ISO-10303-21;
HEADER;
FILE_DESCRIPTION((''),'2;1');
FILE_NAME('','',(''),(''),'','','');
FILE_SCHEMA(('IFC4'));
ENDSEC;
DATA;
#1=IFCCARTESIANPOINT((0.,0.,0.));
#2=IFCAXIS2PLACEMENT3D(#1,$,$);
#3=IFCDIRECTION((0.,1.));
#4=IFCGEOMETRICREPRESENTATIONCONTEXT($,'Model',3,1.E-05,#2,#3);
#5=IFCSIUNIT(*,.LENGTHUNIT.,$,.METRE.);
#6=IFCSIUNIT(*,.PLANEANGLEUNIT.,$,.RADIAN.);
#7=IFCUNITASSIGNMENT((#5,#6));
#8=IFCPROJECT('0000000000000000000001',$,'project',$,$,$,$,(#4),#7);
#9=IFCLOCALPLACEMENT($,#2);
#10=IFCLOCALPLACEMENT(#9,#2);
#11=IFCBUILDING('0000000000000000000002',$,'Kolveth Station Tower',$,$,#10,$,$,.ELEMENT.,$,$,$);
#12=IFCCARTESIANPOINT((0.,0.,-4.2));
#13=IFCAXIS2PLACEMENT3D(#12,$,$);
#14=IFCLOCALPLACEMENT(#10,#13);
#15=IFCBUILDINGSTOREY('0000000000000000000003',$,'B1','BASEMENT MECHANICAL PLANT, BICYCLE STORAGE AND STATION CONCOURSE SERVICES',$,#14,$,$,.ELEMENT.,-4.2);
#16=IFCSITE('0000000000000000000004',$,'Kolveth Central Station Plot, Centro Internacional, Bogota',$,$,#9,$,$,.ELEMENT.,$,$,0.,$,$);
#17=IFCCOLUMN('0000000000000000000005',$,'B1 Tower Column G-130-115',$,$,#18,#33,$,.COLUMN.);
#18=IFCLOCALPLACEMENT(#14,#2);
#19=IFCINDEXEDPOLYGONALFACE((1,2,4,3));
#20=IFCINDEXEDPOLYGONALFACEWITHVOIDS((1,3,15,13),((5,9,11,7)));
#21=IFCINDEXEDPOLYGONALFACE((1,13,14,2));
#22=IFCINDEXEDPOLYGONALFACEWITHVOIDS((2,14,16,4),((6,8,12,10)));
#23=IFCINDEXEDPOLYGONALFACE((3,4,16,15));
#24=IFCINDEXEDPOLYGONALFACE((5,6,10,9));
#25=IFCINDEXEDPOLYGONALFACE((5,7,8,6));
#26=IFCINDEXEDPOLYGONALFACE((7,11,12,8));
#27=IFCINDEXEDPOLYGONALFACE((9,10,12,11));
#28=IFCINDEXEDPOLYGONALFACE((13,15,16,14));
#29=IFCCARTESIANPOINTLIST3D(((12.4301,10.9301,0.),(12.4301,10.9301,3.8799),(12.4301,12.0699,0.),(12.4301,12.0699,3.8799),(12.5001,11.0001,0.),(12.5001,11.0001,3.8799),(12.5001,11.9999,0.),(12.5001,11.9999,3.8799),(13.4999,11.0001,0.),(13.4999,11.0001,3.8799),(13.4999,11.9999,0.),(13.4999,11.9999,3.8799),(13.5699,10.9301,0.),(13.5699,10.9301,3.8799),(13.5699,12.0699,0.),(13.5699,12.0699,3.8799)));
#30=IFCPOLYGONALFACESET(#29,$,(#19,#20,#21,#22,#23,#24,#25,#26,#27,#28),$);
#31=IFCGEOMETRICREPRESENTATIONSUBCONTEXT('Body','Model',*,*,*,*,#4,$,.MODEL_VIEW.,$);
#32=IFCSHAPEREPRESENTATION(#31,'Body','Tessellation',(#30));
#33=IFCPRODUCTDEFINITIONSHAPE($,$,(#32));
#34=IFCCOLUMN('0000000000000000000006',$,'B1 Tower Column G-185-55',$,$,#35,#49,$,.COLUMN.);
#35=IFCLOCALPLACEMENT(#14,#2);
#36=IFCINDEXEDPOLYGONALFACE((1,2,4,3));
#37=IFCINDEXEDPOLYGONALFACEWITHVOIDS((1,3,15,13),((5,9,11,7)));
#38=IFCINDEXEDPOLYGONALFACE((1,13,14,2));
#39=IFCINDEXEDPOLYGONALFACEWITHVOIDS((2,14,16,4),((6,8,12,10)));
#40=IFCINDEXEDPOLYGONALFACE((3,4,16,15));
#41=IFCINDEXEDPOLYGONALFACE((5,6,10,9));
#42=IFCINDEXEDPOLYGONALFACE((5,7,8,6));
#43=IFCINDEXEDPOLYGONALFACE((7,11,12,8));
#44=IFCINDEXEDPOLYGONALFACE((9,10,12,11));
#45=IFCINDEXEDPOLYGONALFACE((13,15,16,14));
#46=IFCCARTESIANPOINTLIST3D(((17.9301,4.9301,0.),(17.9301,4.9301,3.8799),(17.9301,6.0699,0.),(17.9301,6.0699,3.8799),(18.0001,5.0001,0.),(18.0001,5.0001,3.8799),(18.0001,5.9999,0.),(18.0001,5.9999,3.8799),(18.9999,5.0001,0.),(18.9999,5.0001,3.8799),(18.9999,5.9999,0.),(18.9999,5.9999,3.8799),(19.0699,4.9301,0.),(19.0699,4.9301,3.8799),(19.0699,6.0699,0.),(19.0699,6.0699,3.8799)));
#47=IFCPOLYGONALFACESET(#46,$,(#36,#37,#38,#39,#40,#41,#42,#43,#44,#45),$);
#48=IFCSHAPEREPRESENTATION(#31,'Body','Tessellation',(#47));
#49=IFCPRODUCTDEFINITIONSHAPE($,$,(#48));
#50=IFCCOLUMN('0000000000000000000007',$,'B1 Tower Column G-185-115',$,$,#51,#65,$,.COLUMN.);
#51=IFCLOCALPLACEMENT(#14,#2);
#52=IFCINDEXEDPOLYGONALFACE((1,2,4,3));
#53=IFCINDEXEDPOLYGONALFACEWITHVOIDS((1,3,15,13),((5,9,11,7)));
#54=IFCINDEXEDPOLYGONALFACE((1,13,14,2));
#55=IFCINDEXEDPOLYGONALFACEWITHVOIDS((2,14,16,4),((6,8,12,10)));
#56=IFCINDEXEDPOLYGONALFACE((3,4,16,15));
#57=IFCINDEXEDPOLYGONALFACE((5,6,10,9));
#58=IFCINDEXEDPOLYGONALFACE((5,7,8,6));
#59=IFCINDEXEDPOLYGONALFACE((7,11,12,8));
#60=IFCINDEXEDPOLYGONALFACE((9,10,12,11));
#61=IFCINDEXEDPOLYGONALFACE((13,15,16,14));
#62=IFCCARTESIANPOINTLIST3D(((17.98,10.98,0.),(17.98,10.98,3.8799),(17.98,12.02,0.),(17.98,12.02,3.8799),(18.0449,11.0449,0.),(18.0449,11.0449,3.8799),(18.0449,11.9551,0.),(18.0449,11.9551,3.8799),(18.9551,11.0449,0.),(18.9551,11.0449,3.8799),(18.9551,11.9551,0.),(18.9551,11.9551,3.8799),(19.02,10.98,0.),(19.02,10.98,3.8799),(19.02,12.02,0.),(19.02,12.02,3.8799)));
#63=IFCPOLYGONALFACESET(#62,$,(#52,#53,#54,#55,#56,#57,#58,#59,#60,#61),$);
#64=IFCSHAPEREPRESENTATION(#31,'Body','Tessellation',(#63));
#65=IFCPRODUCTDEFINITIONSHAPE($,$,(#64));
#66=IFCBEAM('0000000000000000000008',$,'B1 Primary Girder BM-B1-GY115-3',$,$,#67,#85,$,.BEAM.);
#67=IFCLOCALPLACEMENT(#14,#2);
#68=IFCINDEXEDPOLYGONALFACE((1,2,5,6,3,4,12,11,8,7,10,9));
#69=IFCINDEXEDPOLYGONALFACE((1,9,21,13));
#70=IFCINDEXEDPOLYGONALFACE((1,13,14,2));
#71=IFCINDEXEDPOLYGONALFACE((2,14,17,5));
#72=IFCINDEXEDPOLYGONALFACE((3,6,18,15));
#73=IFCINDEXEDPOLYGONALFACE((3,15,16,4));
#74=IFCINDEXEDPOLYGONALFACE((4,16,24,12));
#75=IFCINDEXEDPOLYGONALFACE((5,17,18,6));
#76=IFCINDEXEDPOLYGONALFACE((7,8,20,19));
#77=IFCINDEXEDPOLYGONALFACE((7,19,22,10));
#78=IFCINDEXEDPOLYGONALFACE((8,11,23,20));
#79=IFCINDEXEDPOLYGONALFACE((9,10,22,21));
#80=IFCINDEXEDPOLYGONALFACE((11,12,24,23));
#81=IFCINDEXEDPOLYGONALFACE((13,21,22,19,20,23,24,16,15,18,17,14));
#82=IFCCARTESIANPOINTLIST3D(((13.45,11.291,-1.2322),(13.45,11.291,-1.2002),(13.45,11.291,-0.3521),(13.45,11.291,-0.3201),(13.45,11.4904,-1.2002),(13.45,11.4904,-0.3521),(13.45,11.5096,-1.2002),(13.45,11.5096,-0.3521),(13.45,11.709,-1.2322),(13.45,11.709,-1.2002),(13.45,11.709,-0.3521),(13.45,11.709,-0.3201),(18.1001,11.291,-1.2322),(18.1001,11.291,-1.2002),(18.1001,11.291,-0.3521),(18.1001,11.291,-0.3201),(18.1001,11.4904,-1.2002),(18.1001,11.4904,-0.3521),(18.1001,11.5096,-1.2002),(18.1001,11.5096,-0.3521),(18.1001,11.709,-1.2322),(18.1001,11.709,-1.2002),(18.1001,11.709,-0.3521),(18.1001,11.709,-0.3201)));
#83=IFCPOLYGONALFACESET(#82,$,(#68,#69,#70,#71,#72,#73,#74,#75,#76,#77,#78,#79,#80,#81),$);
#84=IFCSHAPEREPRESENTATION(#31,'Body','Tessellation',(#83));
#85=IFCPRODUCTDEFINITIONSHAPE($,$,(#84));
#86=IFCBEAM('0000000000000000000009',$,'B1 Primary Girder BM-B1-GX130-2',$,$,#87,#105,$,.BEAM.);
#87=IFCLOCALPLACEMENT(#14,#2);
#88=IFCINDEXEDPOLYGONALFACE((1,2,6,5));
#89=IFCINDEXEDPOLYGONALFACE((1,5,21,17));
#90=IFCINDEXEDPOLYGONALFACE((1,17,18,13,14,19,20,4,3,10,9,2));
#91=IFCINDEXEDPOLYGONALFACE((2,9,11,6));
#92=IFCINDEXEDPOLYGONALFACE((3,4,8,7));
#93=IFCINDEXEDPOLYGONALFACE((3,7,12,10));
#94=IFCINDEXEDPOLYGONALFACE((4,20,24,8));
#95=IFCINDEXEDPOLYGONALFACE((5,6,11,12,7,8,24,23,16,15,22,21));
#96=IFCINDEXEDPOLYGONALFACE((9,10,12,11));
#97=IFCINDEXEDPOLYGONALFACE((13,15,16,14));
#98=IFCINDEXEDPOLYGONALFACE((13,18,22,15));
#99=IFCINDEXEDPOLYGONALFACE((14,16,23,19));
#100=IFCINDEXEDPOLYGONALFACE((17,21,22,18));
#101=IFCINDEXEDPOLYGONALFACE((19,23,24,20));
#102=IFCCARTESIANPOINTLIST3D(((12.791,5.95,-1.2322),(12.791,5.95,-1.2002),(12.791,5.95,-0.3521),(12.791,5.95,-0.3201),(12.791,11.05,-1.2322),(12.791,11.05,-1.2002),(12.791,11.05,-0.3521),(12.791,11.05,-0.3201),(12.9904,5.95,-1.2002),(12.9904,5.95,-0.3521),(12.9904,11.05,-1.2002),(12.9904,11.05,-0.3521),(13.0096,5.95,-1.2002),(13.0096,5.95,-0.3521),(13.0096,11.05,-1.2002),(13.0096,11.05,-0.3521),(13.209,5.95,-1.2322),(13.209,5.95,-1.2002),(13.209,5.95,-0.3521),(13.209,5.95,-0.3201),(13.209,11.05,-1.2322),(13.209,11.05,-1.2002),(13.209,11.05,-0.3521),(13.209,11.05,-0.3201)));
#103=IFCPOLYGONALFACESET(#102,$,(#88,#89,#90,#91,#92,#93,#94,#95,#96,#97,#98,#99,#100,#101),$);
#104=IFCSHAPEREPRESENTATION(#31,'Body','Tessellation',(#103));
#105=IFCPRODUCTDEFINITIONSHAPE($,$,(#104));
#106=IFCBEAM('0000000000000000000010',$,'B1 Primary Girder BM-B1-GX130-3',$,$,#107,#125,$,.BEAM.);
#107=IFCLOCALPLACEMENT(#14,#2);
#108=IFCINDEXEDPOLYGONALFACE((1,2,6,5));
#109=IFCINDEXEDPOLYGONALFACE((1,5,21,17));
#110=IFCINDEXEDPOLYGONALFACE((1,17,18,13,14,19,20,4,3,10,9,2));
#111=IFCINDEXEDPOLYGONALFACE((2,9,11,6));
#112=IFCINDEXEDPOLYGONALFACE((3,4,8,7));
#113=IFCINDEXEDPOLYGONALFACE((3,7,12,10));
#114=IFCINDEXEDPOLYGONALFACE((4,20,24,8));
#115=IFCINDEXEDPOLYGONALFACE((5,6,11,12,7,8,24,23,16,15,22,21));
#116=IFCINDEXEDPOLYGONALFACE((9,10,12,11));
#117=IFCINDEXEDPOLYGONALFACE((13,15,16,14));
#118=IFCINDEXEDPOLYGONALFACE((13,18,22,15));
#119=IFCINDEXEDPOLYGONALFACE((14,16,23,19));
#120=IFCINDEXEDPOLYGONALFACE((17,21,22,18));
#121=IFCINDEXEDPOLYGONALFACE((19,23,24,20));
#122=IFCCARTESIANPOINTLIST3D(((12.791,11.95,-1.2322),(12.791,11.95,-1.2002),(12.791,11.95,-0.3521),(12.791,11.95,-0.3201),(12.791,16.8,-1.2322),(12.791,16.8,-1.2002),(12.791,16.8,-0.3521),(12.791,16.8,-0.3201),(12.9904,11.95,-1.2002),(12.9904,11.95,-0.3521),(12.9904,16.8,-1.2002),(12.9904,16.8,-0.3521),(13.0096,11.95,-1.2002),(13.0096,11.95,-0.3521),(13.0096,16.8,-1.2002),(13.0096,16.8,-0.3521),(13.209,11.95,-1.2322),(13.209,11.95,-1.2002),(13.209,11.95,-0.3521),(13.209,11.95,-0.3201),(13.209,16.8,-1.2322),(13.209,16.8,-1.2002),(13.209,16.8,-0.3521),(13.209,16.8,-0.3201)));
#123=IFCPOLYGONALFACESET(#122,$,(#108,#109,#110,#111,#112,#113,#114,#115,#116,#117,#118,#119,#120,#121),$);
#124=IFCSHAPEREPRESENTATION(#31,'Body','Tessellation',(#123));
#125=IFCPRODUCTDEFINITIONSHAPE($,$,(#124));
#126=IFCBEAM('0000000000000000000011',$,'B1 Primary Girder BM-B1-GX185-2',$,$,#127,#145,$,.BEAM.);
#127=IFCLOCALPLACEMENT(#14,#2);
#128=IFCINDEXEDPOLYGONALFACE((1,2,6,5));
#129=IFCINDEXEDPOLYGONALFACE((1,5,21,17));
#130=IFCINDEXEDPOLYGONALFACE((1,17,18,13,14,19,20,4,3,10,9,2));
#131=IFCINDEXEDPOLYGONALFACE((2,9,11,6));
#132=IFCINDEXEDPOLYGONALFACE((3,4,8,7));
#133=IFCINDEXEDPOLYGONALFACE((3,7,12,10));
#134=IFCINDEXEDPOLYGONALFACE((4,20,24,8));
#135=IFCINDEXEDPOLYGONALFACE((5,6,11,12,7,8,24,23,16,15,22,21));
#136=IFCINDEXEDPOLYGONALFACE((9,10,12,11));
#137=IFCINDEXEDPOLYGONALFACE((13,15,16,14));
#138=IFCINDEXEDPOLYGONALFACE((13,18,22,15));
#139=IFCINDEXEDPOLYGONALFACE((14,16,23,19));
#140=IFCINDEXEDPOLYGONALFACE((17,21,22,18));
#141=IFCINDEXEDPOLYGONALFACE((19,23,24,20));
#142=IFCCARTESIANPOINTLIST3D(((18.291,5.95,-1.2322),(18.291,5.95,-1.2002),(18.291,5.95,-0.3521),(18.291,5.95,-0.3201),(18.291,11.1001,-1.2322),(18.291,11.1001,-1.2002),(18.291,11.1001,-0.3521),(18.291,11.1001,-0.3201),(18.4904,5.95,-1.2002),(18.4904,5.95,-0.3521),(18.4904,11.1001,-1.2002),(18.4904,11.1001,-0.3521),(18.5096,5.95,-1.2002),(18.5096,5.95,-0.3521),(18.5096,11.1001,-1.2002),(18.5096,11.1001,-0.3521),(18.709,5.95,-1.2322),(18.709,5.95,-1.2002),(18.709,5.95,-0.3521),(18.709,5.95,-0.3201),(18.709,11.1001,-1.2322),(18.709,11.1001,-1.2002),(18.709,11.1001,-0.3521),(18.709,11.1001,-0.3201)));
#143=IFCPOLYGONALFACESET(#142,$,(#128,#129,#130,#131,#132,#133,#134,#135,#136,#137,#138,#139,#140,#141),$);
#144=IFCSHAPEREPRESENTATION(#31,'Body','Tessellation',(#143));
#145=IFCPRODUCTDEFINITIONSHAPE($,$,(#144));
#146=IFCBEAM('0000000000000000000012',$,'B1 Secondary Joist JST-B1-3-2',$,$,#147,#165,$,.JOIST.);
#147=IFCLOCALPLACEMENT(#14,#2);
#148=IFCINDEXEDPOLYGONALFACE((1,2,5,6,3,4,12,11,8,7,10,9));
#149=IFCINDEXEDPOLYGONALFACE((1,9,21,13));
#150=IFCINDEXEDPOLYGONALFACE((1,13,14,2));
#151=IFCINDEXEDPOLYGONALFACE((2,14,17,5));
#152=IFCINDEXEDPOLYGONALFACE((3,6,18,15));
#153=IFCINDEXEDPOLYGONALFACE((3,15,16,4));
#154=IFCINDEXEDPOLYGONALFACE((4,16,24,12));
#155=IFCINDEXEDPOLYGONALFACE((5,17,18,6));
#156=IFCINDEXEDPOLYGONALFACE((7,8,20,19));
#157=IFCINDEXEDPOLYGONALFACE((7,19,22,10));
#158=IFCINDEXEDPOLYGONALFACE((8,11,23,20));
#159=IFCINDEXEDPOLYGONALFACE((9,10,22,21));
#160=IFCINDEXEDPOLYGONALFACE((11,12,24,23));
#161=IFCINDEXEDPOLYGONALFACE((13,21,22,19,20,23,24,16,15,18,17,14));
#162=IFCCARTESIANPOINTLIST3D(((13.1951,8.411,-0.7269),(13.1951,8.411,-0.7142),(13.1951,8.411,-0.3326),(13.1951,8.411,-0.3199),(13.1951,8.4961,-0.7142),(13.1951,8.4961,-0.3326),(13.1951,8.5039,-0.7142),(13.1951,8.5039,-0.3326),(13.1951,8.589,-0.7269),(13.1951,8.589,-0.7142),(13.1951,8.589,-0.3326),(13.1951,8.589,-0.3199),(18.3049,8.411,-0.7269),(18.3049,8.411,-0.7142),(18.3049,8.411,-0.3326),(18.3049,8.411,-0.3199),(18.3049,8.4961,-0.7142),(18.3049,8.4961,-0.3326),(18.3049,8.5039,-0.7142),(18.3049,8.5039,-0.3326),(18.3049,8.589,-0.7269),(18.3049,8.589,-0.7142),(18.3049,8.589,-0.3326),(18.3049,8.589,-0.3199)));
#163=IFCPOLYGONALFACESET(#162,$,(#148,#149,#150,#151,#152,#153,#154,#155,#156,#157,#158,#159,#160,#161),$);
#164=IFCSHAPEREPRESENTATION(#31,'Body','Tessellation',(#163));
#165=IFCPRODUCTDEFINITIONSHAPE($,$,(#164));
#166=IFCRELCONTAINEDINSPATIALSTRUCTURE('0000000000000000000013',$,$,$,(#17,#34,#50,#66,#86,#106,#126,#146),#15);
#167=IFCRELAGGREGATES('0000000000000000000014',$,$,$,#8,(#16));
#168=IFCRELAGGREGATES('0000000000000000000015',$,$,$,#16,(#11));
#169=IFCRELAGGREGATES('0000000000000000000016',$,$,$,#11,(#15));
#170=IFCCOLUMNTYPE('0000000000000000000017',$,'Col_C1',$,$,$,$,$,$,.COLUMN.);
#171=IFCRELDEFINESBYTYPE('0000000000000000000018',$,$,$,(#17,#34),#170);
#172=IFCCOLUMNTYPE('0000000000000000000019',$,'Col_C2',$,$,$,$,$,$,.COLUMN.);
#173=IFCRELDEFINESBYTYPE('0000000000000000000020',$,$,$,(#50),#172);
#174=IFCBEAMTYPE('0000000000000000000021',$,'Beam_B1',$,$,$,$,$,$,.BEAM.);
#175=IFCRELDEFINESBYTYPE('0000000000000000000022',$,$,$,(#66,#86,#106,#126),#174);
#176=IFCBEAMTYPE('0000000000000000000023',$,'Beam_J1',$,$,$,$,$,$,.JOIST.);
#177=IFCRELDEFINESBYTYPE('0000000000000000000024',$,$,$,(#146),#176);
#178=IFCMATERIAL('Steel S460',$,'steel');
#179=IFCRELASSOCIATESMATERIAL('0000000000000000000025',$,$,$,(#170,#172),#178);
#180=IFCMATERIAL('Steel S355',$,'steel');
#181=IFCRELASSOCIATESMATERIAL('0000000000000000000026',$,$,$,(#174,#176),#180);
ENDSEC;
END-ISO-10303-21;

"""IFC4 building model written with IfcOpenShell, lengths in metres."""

from ifc_helpers import new_model, si_unit, direction, frame, origin, origin_2d, place, context, subcontext, project, spatial, hollow_rectangle, i_section, extrude, source, transform, mapped, material, material_profile, profile_set, type_object, element, save


model = new_model("IFC4")

# Units and contexts
model_context = context("Model", 3, precision=1e-05, world=origin(), true_north=direction((0.0, 1.0)))
body_context = subcontext(model_context, "Body", "Model", "MODEL_VIEW")
ifc_project = project(units=[si_unit("LENGTHUNIT", "METRE"), si_unit("PLANEANGLEUNIT", "RADIAN")], contexts=[model_context])

# Site, building, storey
site_placement = place(None, origin())
site = spatial("IfcSite", under=ifc_project, at=site_placement, Name="Kolveth Central Station Plot, Centro Internacional, Bogota", CompositionType="ELEMENT", RefElevation=0.0)
building_placement = place(site_placement, origin())
building = spatial("IfcBuilding", under=site, at=building_placement, Name="Kolveth Station Tower", CompositionType="ELEMENT")
storey_placement = place(building_placement, frame((0.0, 0.0, -4.2)))
storey = spatial("IfcBuildingStorey", under=building, at=storey_placement, Name="B1", Description="BASEMENT MECHANICAL PLANT, BICYCLE STORAGE AND STATION CONCOURSE SERVICES", CompositionType="ELEMENT", Elevation=-4.2)

# Columns
ifc_material_1 = material(Name="Steel S460", Category="steel")
ifc_material_profile_1 = material_profile(ifc_material_1, hollow_rectangle(XDim=1.1399, YDim=1.1399, WallThickness=0.0701, at=origin_2d()), Name="BOX1140x1140x70")
ifc_profile_set_1 = profile_set([ifc_material_profile_1], Name="Steel S460")
column_type_1 = type_object("IfcColumnType", Name="Col_C1", PredefinedType="COLUMN", material=ifc_profile_set_1)
shared_shape_1 = source(origin(), body_context, "Body", "SweptSolid", [
    extrude(hollow_rectangle(XDim=1.1399, YDim=1.1399, WallThickness=0.0701, at=origin_2d()), origin(), (0.0, 0.0, 1.0), 3.8799),
])
for number, where, z_axis, x_axis, name in (
    (1, (13.0, 11.5, 0.0), (0.0, 0.0, 1.0), (1.0, 0.0, 0.0), "B1 Tower Column G-130-115"),
    (2, (18.5, 5.5, 0.0), (0.0, 0.0, 1.0), (1.0, 0.0, 0.0), "B1 Tower Column G-185-55"),
):
    element("IfcColumn", number, at=place(storey_placement, frame(where, z_axis=z_axis, x_axis=x_axis)), inside=storey, type_object=column_type_1, Name=name, PredefinedType="COLUMN", context=body_context, shape_type="MappedRepresentation", body=[
        mapped(shared_shape_1, transform((0.0, 0.0, 0.0), x_axis=(1.0, 0.0, 0.0), y_axis=(0.0, 1.0, 0.0), z_axis=(0.0, 0.0, 1.0), scale=1.0)),
    ])
ifc_material_profile_2 = material_profile(ifc_material_1, hollow_rectangle(XDim=1.04, YDim=1.04, WallThickness=0.0649, at=origin_2d()), Name="BOX1040x1040x65")
ifc_profile_set_2 = profile_set([ifc_material_profile_2], Name="Steel S460")
column_type_2 = type_object("IfcColumnType", Name="Col_C2", PredefinedType="COLUMN", material=ifc_profile_set_2)
shared_shape_2 = source(origin(), body_context, "Body", "SweptSolid", [
    extrude(hollow_rectangle(XDim=1.04, YDim=1.04, WallThickness=0.0649, at=origin_2d()), origin(), (0.0, 0.0, 1.0), 3.8799),
])
column_placement = place(storey_placement, frame((18.5, 11.5, 0.0), z_axis=(0.0, 0.0, 1.0), x_axis=(1.0, 0.0, 0.0)))
element("IfcColumn", 3, at=column_placement, inside=storey, type_object=column_type_2, Name="B1 Tower Column G-185-115", PredefinedType="COLUMN", context=body_context, shape_type="MappedRepresentation", body=[
    mapped(shared_shape_2, transform((0.0, 0.0, 0.0), x_axis=(1.0, 0.0, 0.0), y_axis=(0.0, 1.0, 0.0), z_axis=(0.0, 0.0, 1.0), scale=1.0)),
])

# Beams
ifc_material_2 = material(Name="Steel S355", Category="steel")
ifc_material_profile_3 = material_profile(ifc_material_2, i_section(OverallWidth=0.418, OverallDepth=0.9121, WebThickness=0.0193, FlangeThickness=0.032, at=origin_2d()), Name="W920x342")
ifc_profile_set_3 = profile_set([ifc_material_profile_3], Name="Steel S355")
beam_type_1 = type_object("IfcBeamType", Name="Beam_B1", PredefinedType="BEAM", material=ifc_profile_set_3)
shared_shape_3 = source(origin(), body_context, "Body", "SweptSolid", [
    extrude(i_section(OverallWidth=0.418, OverallDepth=0.9121, WebThickness=0.0193, FlangeThickness=0.032, at=origin_2d()), origin(), (0.0, 0.0, 1.0), 4.6501),
])
beam_1_placement = place(storey_placement, frame((13.45, 11.5, -0.7761), z_axis=(1.0, 0.0, 0.0), x_axis=(0.0, 1.0, 0.0)))
element("IfcBeam", 4, at=beam_1_placement, inside=storey, type_object=beam_type_1, Name="B1 Primary Girder BM-B1-GY115-3", PredefinedType="BEAM", context=body_context, shape_type="MappedRepresentation", body=[
    mapped(shared_shape_3, transform((0.0, 0.0, 0.0), x_axis=(1.0, 0.0, 0.0), y_axis=(0.0, 1.0, 0.0), z_axis=(0.0, 0.0, 1.0), scale=1.0)),
])
shared_shape_4 = source(origin(), body_context, "Body", "SweptSolid", [
    extrude(i_section(OverallWidth=0.418, OverallDepth=0.9121, WebThickness=0.0193, FlangeThickness=0.032, at=origin_2d()), origin(), (0.0, 0.0, 1.0), 5.1001),
])
beam_2_placement = place(storey_placement, frame((13.0, 5.95, -0.7761), z_axis=(0.0, 1.0, 0.0), x_axis=(-1.0, 0.0, 0.0)))
element("IfcBeam", 5, at=beam_2_placement, inside=storey, type_object=beam_type_1, Name="B1 Primary Girder BM-B1-GX130-2", PredefinedType="BEAM", context=body_context, shape_type="MappedRepresentation", body=[
    mapped(shared_shape_4, transform((0.0, 0.0, 0.0), x_axis=(1.0, 0.0, 0.0), y_axis=(0.0, 1.0, 0.0), z_axis=(0.0, 0.0, 1.0), scale=1.0)),
])
shared_shape_5 = source(origin(), body_context, "Body", "SweptSolid", [
    extrude(i_section(OverallWidth=0.418, OverallDepth=0.9121, WebThickness=0.0193, FlangeThickness=0.032, at=origin_2d()), origin(), (0.0, 0.0, 1.0), 4.8501),
])
beam_3_placement = place(storey_placement, frame((13.0, 11.95, -0.7761), z_axis=(0.0, 1.0, 0.0), x_axis=(-1.0, 0.0, 0.0)))
element("IfcBeam", 6, at=beam_3_placement, inside=storey, type_object=beam_type_1, Name="B1 Primary Girder BM-B1-GX130-3", PredefinedType="BEAM", context=body_context, shape_type="MappedRepresentation", body=[
    mapped(shared_shape_5, transform((0.0, 0.0, 0.0), x_axis=(1.0, 0.0, 0.0), y_axis=(0.0, 1.0, 0.0), z_axis=(0.0, 0.0, 1.0), scale=1.0)),
])
shared_shape_6 = source(origin(), body_context, "Body", "SweptSolid", [
    extrude(i_section(OverallWidth=0.418, OverallDepth=0.9121, WebThickness=0.0193, FlangeThickness=0.032, at=origin_2d()), origin(), (0.0, 0.0, 1.0), 5.1501),
])
beam_4_placement = place(storey_placement, frame((18.5, 5.95, -0.7761), z_axis=(0.0, 1.0, 0.0), x_axis=(-1.0, 0.0, 0.0)))
element("IfcBeam", 7, at=beam_4_placement, inside=storey, type_object=beam_type_1, Name="B1 Primary Girder BM-B1-GX185-2", PredefinedType="BEAM", context=body_context, shape_type="MappedRepresentation", body=[
    mapped(shared_shape_6, transform((0.0, 0.0, 0.0), x_axis=(1.0, 0.0, 0.0), y_axis=(0.0, 1.0, 0.0), z_axis=(0.0, 0.0, 1.0), scale=1.0)),
])
ifc_material_profile_4 = material_profile(ifc_material_2, i_section(OverallWidth=0.178, OverallDepth=0.407, WebThickness=0.0078, FlangeThickness=0.0127, at=origin_2d()), Name="W410x60")
ifc_profile_set_4 = profile_set([ifc_material_profile_4], Name="Steel S355")
beam_type_2 = type_object("IfcBeamType", Name="Beam_J1", PredefinedType="JOIST", material=ifc_profile_set_4)
shared_shape_7 = source(origin(), body_context, "Body", "SweptSolid", [
    extrude(i_section(OverallWidth=0.178, OverallDepth=0.407, WebThickness=0.0078, FlangeThickness=0.0127, at=origin_2d()), origin(), (0.0, 0.0, 1.0), 5.1099),
])
for number, where, z_axis, x_axis, name in (
    (8, (13.1951, 8.5, -0.5234), (1.0, 0.0, 0.0), (0.0, 1.0, 0.0), "B1 Secondary Joist JST-B1-3-2"),
):
    element("IfcBeam", number, at=place(storey_placement, frame(where, z_axis=z_axis, x_axis=x_axis)), inside=storey, type_object=beam_type_2, Name=name, PredefinedType="JOIST", context=body_context, shape_type="MappedRepresentation", body=[
        mapped(shared_shape_7, transform((0.0, 0.0, 0.0), x_axis=(1.0, 0.0, 0.0), y_axis=(0.0, 1.0, 0.0), z_axis=(0.0, 0.0, 1.0), scale=1.0)),
    ])

save(model, "model.ifc")
